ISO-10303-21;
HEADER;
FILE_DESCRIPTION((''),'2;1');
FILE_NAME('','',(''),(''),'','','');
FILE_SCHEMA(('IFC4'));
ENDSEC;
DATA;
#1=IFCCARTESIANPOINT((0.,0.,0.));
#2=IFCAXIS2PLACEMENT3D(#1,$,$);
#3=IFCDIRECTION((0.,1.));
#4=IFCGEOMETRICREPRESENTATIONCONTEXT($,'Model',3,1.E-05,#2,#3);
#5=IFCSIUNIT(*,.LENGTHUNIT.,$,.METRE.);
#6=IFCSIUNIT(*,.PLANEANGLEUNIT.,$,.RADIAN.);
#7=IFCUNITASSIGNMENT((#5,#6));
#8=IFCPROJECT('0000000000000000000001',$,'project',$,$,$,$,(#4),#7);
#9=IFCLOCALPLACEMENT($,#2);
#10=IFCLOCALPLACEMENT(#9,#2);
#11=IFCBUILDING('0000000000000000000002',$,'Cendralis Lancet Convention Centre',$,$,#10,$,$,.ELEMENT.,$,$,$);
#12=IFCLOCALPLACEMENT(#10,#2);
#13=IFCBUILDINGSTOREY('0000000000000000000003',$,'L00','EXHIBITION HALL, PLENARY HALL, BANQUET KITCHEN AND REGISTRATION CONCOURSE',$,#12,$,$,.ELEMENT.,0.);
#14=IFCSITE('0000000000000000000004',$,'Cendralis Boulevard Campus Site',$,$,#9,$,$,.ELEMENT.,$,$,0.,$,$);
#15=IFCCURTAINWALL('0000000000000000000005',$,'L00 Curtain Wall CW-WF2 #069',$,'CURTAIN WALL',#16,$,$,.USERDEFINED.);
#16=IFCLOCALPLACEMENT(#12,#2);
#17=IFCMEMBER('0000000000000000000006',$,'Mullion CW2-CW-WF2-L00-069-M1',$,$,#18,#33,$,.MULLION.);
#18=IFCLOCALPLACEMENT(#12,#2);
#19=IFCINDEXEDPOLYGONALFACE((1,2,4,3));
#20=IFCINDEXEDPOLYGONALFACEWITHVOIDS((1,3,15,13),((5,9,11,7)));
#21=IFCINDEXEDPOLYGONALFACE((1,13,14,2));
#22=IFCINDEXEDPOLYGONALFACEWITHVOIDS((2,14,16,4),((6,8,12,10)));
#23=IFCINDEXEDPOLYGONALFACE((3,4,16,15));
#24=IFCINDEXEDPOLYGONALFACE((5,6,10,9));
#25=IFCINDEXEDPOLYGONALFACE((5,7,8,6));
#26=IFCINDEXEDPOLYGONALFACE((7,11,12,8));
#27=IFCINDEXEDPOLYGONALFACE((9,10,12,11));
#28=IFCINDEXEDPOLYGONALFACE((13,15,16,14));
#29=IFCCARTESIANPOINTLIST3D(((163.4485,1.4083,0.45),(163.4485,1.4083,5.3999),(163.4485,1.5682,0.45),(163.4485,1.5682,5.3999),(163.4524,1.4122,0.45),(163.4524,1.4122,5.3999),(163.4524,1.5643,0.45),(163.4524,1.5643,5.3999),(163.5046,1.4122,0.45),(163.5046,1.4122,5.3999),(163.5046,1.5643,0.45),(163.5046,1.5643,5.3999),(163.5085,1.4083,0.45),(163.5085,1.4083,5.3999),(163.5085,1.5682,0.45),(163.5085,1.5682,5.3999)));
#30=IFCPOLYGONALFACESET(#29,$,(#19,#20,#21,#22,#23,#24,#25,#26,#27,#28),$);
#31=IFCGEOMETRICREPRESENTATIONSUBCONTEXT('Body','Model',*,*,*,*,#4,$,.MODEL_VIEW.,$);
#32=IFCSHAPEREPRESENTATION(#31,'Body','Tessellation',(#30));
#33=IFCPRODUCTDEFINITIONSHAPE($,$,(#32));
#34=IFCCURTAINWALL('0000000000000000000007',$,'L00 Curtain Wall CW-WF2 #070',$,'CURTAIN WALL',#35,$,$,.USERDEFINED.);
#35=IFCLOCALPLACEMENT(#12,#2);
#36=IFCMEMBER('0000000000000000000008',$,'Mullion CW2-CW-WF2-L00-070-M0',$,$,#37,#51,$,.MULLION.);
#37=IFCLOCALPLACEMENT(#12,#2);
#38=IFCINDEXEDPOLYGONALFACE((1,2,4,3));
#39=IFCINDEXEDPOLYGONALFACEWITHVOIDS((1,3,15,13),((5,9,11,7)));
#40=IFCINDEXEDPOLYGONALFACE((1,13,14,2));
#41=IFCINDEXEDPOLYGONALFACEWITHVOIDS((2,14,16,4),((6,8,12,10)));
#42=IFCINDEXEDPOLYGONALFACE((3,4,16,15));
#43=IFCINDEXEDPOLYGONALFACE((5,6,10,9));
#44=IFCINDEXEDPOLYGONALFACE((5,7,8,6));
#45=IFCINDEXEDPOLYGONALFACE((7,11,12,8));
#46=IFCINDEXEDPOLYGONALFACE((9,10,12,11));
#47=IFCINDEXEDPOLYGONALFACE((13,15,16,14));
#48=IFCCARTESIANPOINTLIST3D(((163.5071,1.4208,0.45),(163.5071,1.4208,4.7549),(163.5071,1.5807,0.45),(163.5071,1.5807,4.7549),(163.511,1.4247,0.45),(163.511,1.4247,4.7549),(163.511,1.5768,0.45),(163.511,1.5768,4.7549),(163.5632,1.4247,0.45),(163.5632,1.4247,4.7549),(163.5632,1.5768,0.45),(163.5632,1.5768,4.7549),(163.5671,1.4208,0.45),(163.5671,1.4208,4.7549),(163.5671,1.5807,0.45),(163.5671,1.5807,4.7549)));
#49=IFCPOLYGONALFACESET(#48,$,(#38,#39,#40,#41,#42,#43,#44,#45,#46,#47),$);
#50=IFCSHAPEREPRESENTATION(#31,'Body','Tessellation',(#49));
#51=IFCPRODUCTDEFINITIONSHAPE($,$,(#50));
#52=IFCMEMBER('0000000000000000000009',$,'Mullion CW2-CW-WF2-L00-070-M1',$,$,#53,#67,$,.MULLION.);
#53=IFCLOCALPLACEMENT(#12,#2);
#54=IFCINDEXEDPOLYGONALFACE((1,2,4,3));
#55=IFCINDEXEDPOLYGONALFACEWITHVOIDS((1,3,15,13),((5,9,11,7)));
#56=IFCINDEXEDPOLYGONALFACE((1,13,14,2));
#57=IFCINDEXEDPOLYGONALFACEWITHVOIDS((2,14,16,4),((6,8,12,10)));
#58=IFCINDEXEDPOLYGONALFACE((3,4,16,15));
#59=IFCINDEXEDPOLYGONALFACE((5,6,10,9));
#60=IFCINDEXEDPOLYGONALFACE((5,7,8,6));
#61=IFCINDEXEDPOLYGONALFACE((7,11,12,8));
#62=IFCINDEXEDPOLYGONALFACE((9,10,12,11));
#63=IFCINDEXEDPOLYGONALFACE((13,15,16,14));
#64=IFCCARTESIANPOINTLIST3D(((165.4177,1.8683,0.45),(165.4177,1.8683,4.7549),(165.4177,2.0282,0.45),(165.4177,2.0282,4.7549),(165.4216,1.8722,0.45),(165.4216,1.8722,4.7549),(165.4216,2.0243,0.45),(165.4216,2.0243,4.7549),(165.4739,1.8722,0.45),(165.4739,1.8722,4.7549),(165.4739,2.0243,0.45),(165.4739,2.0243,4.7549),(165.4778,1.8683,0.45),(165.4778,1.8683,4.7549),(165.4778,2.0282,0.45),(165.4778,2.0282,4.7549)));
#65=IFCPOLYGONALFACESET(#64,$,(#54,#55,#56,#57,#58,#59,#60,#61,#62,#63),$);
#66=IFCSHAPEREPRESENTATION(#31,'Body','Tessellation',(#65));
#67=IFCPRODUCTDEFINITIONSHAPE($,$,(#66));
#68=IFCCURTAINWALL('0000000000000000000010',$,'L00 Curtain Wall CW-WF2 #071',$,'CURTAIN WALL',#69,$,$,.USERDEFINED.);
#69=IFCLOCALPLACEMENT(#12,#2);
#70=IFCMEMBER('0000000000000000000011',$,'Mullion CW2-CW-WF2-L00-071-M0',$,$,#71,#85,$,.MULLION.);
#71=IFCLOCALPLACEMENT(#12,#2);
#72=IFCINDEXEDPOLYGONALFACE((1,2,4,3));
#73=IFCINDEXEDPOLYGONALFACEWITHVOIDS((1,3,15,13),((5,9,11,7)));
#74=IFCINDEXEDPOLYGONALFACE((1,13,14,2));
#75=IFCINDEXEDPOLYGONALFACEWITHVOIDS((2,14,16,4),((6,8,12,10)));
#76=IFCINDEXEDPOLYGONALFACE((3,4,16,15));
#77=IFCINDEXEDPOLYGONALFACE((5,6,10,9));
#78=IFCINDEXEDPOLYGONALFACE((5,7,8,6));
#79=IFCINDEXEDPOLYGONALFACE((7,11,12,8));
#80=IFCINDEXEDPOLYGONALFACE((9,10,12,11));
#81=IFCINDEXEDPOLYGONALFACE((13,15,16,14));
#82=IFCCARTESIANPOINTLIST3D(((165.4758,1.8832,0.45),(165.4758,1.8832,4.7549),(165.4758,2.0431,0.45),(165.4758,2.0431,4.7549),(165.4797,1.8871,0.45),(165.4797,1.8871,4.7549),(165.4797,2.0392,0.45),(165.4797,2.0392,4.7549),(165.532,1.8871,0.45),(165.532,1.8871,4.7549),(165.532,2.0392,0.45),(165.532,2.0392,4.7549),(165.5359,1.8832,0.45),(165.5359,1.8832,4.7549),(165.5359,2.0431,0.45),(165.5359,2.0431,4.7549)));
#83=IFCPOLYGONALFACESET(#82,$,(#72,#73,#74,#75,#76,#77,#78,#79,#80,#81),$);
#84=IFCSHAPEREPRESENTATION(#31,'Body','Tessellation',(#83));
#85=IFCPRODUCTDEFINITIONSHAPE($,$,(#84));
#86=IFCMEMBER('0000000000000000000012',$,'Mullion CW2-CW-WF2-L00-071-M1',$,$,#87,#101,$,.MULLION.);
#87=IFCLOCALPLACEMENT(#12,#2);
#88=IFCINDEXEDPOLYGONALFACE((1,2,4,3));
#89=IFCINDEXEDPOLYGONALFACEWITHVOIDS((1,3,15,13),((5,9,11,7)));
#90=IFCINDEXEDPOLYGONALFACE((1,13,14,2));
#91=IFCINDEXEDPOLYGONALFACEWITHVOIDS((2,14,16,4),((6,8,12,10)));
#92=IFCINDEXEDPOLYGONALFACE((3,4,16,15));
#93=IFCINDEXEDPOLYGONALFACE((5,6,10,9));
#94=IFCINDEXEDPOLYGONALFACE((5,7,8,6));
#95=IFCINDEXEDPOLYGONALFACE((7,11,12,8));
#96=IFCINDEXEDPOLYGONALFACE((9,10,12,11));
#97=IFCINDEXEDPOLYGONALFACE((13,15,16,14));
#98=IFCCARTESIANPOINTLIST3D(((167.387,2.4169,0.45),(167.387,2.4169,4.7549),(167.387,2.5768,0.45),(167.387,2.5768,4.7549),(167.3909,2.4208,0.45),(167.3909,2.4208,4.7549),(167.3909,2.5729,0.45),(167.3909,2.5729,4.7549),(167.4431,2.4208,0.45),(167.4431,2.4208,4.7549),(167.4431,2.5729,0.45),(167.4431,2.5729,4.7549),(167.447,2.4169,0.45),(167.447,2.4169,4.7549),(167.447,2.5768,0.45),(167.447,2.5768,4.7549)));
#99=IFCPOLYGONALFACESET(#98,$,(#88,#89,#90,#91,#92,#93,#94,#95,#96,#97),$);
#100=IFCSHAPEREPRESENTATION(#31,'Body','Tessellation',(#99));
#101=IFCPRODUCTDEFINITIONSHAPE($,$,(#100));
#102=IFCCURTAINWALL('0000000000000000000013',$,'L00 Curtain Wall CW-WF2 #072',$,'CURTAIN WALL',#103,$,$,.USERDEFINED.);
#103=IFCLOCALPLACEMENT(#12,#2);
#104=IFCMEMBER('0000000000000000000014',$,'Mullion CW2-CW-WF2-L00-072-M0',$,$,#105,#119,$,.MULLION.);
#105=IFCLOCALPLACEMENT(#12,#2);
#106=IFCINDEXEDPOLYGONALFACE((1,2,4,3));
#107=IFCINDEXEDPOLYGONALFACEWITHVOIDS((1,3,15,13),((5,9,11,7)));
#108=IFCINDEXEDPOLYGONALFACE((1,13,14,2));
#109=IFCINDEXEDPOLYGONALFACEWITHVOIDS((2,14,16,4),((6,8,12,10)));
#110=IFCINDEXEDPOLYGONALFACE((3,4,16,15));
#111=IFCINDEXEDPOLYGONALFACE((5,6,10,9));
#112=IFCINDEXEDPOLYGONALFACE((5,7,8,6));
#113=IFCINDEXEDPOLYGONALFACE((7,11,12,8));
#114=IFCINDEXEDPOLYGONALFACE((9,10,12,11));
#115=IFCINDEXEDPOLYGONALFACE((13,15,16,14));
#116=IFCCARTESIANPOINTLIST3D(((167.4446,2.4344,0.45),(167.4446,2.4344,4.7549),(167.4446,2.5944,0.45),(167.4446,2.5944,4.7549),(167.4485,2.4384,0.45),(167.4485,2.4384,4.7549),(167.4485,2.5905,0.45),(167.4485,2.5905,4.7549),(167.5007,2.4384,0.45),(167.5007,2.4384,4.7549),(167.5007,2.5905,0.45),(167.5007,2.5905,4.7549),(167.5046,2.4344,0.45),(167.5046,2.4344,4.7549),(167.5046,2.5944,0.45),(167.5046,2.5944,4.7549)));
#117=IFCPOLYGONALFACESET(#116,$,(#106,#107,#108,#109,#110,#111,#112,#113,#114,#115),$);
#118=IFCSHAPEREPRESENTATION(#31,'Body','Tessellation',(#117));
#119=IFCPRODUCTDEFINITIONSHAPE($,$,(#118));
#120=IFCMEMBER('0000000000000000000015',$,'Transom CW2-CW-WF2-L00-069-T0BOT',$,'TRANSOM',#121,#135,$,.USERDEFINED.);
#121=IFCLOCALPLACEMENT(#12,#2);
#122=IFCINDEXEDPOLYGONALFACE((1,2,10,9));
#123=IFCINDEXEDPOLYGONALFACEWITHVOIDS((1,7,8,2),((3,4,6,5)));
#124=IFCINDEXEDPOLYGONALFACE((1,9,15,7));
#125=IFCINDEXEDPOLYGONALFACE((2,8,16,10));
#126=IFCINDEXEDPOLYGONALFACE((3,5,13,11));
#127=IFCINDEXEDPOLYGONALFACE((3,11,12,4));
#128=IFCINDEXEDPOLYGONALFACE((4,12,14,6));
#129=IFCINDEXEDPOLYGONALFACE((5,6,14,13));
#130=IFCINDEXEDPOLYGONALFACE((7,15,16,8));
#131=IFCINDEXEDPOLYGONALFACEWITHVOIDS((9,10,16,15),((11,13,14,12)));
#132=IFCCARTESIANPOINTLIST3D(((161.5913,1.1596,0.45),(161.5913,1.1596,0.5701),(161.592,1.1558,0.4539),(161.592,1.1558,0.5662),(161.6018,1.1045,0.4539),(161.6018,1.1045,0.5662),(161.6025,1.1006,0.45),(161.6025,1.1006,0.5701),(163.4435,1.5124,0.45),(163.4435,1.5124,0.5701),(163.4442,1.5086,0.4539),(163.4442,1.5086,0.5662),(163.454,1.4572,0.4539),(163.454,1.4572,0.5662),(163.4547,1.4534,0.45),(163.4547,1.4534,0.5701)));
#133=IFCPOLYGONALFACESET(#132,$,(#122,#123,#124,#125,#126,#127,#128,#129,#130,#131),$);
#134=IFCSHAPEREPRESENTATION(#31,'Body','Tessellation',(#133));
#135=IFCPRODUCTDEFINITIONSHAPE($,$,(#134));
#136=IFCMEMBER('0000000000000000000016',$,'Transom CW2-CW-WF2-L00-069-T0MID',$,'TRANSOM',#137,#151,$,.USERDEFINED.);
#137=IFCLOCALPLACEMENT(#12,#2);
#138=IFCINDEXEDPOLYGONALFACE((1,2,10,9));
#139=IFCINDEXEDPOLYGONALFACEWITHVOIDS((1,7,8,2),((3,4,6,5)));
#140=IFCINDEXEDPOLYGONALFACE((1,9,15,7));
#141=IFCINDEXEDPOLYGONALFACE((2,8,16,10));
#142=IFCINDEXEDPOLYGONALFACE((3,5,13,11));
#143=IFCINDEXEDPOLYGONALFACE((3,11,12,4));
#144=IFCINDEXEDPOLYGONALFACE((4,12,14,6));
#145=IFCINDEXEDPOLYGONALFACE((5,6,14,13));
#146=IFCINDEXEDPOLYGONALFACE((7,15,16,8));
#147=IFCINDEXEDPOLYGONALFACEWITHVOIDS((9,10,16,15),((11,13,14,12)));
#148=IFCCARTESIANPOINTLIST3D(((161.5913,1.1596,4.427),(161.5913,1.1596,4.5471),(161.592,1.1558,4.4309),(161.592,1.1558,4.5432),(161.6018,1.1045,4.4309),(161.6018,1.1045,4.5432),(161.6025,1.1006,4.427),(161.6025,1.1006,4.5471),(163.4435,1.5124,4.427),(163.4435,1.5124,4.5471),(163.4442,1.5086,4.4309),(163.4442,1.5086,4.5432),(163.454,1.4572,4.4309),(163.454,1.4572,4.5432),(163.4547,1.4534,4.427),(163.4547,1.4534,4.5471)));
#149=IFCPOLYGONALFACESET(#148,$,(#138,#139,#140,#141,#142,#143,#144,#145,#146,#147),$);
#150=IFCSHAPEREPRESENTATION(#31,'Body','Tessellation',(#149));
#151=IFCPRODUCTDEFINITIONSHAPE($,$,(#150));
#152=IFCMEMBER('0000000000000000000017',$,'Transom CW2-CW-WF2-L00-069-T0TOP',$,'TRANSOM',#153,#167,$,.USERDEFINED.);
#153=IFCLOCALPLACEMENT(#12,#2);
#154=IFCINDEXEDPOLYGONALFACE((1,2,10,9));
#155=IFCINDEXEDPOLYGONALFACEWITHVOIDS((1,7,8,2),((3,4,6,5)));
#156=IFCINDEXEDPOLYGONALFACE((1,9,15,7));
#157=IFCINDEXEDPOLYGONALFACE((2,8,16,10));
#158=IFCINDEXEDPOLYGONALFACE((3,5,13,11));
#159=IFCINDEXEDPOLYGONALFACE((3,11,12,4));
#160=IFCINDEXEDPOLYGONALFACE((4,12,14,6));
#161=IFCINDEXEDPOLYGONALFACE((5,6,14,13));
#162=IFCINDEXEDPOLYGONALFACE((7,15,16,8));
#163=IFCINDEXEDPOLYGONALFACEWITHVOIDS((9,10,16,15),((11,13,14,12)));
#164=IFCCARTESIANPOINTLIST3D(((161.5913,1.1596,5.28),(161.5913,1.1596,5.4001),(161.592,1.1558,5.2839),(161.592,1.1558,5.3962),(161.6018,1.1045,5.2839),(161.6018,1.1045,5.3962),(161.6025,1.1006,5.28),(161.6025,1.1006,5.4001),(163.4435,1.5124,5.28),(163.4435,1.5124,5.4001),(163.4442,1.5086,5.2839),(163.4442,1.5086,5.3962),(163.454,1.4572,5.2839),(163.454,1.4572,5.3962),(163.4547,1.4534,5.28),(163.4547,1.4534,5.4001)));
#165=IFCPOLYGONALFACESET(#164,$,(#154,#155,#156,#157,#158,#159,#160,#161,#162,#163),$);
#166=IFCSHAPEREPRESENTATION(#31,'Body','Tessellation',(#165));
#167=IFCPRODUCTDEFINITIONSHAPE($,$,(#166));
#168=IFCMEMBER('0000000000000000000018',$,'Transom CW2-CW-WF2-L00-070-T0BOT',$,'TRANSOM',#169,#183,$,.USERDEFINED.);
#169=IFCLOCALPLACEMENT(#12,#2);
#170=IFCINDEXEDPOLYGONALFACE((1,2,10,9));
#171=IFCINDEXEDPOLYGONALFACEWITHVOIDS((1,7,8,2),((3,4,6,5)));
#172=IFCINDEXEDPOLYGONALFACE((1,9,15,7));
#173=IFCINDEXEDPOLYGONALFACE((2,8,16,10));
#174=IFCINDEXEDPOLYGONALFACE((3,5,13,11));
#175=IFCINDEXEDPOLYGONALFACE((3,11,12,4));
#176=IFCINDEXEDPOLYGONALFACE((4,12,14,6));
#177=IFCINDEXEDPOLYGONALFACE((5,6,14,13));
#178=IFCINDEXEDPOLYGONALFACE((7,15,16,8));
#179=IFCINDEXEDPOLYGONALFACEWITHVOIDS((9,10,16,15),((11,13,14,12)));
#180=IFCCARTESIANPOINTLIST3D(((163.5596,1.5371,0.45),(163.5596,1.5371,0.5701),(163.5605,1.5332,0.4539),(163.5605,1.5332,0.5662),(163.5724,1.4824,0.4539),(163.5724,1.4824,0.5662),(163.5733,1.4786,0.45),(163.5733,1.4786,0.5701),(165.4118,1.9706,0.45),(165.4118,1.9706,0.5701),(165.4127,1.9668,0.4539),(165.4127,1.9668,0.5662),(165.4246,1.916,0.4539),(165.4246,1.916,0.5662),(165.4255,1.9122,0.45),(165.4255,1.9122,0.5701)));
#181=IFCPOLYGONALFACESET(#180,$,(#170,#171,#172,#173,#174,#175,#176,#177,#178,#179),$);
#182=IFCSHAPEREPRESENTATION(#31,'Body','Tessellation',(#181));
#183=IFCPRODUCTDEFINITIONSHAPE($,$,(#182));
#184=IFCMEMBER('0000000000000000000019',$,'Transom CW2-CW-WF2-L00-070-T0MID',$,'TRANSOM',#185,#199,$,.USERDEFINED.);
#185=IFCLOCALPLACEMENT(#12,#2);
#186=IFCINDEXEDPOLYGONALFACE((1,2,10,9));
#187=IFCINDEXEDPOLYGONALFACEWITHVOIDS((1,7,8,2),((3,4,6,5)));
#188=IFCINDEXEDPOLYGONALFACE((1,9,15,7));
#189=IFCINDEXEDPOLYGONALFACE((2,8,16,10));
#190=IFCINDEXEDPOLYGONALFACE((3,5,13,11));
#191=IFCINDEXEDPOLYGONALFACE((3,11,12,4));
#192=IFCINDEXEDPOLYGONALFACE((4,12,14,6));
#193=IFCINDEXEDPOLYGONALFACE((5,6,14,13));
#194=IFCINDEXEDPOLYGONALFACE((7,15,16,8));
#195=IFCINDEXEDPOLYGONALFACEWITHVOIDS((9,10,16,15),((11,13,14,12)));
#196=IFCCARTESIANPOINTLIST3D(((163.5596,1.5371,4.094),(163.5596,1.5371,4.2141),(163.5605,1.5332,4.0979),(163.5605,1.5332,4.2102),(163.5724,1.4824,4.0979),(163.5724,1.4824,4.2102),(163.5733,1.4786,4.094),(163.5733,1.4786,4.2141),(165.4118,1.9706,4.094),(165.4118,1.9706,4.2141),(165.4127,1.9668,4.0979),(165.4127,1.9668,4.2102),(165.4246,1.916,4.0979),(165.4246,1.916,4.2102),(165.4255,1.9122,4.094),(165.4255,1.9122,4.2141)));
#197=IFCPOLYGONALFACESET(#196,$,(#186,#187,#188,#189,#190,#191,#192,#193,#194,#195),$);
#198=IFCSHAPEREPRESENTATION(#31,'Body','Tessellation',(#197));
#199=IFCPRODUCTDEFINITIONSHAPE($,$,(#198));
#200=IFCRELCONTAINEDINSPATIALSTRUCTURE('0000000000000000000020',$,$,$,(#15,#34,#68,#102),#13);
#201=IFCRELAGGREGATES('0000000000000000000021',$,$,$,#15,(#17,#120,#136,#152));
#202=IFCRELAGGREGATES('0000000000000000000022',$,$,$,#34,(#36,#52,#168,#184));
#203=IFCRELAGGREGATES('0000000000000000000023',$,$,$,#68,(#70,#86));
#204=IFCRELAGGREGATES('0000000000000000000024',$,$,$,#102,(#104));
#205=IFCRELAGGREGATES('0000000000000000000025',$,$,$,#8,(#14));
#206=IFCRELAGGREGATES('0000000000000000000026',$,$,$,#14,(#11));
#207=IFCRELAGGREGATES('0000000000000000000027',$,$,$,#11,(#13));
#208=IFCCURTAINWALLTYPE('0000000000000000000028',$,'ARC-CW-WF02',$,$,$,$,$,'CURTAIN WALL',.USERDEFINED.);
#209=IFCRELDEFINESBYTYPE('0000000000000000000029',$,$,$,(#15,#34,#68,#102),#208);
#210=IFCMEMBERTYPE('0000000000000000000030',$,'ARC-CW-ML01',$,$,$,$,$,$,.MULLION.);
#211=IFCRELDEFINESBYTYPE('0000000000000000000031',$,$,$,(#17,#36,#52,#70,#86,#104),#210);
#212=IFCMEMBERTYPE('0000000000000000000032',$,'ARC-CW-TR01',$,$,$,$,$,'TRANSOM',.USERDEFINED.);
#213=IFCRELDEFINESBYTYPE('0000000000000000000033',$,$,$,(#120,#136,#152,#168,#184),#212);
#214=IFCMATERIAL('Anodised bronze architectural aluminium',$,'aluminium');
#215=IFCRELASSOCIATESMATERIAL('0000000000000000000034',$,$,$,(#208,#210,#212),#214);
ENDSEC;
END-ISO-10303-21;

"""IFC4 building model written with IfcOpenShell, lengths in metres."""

from ifc_helpers import new_model, si_unit, direction, frame, origin, origin_2d, place, context, subcontext, project, spatial, hollow_rectangle, extrude, material, material_profile, profile_set, type_object, element, aggregate, save


model = new_model("IFC4")

# Units and contexts
model_context = context("Model", 3, precision=1e-05, world=origin(), true_north=direction((0.0, 1.0)))
body_context = subcontext(model_context, "Body", "Model", "MODEL_VIEW")
ifc_project = project(units=[si_unit("LENGTHUNIT", "METRE"), si_unit("PLANEANGLEUNIT", "RADIAN")], contexts=[model_context])

# Site, building, storey
site_placement = place(None, origin())
site = spatial("IfcSite", under=ifc_project, at=site_placement, Name="Cendralis Boulevard Campus Site", CompositionType="ELEMENT", RefElevation=0.0)
building_placement = place(site_placement, origin())
building = spatial("IfcBuilding", under=site, at=building_placement, Name="Cendralis Lancet Convention Centre", CompositionType="ELEMENT")
storey_placement = place(building_placement, origin())
storey = spatial("IfcBuildingStorey", under=building, at=storey_placement, Name="L00", Description="EXHIBITION HALL, PLENARY HALL, BANQUET KITCHEN AND REGISTRATION CONCOURSE", CompositionType="ELEMENT", Elevation=0.0)

# Curtain wall, member
ifc_material_1 = material(Name="Anodised bronze architectural aluminium", Category="aluminium")
curtain_wall_type = type_object("IfcCurtainWallType", Name="ARC-CW-WF02", ElementType="CURTAIN WALL", PredefinedType="USERDEFINED", material=ifc_material_1)
curtain_wall_1_placement = place(storey_placement, origin())
curtain_wall_1 = element("IfcCurtainWall", 1, at=curtain_wall_1_placement, inside=storey, type_object=curtain_wall_type, Name="L00 Curtain Wall CW-WF2 #069", ObjectType="CURTAIN WALL", PredefinedType="USERDEFINED")
ifc_material_profile_1 = material_profile(ifc_material_1, hollow_rectangle(XDim=0.0601, YDim=0.1599, WallThickness=0.0039, at=origin_2d()), Name="AL-MULL 60x160x4.0")
ifc_profile_set_1 = profile_set([ifc_material_profile_1], Name="Anodised bronze architectural aluminium")
member_type_1 = type_object("IfcMemberType", Name="ARC-CW-ML01", PredefinedType="MULLION", material=ifc_profile_set_1)
member_1_placement = place(storey_placement, frame((163.4785, 1.4883, 0.45), z_axis=(0.0, 0.0, 1.0), x_axis=(1.0, 0.0, 0.0)))
member_1 = element("IfcMember", 2, at=member_1_placement, type_object=member_type_1, Name="Mullion CW2-CW-WF2-L00-069-M1", PredefinedType="MULLION", context=body_context, shape_type="SweptSolid", body=[
    extrude(hollow_rectangle(XDim=0.0601, YDim=0.1599, WallThickness=0.0039, at=origin_2d()), origin(), (0.0, 0.0, 1.0), 4.95),
])

# Curtain walls, members
curtain_wall_2_placement = place(storey_placement, origin())
curtain_wall_2 = element("IfcCurtainWall", 3, at=curtain_wall_2_placement, inside=storey, type_object=curtain_wall_type, Name="L00 Curtain Wall CW-WF2 #070", ObjectType="CURTAIN WALL", PredefinedType="USERDEFINED")
member_2_placement = place(storey_placement, frame((163.5371, 1.5007, 0.45), z_axis=(0.0, 0.0, 1.0), x_axis=(1.0, 0.0, 0.0)))
member_2 = element("IfcMember", 4, at=member_2_placement, type_object=member_type_1, Name="Mullion CW2-CW-WF2-L00-070-M0", PredefinedType="MULLION", context=body_context, shape_type="SweptSolid", body=[
    extrude(hollow_rectangle(XDim=0.0601, YDim=0.1599, WallThickness=0.0039, at=origin_2d()), origin(), (0.0, 0.0, 1.0), 4.3049),
])
member_3_placement = place(storey_placement, frame((165.4478, 1.9482, 0.45), z_axis=(0.0, 0.0, 1.0), x_axis=(1.0, 0.0, 0.0)))
member_3 = element("IfcMember", 5, at=member_3_placement, type_object=member_type_1, Name="Mullion CW2-CW-WF2-L00-070-M1", PredefinedType="MULLION", context=body_context, shape_type="SweptSolid", body=[
    extrude(hollow_rectangle(XDim=0.0601, YDim=0.1599, WallThickness=0.0039, at=origin_2d()), origin(), (0.0, 0.0, 1.0), 4.3049),
])
curtain_wall_3_placement = place(storey_placement, origin())
curtain_wall_3 = element("IfcCurtainWall", 6, at=curtain_wall_3_placement, inside=storey, type_object=curtain_wall_type, Name="L00 Curtain Wall CW-WF2 #071", ObjectType="CURTAIN WALL", PredefinedType="USERDEFINED")
member_4_placement = place(storey_placement, frame((165.5059, 1.9631, 0.45), z_axis=(0.0, 0.0, 1.0), x_axis=(1.0, 0.0, 0.0)))
member_4 = element("IfcMember", 7, at=member_4_placement, type_object=member_type_1, Name="Mullion CW2-CW-WF2-L00-071-M0", PredefinedType="MULLION", context=body_context, shape_type="SweptSolid", body=[
    extrude(hollow_rectangle(XDim=0.0601, YDim=0.1599, WallThickness=0.0039, at=origin_2d()), origin(), (0.0, 0.0, 1.0), 4.3049),
])
member_5_placement = place(storey_placement, frame((167.417, 2.4968, 0.45), z_axis=(0.0, 0.0, 1.0), x_axis=(1.0, 0.0, 0.0)))
member_5 = element("IfcMember", 8, at=member_5_placement, type_object=member_type_1, Name="Mullion CW2-CW-WF2-L00-071-M1", PredefinedType="MULLION", context=body_context, shape_type="SweptSolid", body=[
    extrude(hollow_rectangle(XDim=0.0601, YDim=0.1599, WallThickness=0.0039, at=origin_2d()), origin(), (0.0, 0.0, 1.0), 4.3049),
])

# Curtain wall, member
curtain_wall_4_placement = place(storey_placement, origin())
curtain_wall_4 = element("IfcCurtainWall", 9, at=curtain_wall_4_placement, inside=storey, type_object=curtain_wall_type, Name="L00 Curtain Wall CW-WF2 #072", ObjectType="CURTAIN WALL", PredefinedType="USERDEFINED")
member_6_placement = place(storey_placement, frame((167.4746, 2.5144, 0.45), z_axis=(0.0, 0.0, 1.0), x_axis=(1.0, 0.0, 0.0)))
member_6 = element("IfcMember", 10, at=member_6_placement, type_object=member_type_1, Name="Mullion CW2-CW-WF2-L00-072-M0", PredefinedType="MULLION", context=body_context, shape_type="SweptSolid", body=[
    extrude(hollow_rectangle(XDim=0.0601, YDim=0.1599, WallThickness=0.0039, at=origin_2d()), origin(), (0.0, 0.0, 1.0), 4.3049),
])

# Members
ifc_material_profile_2 = material_profile(ifc_material_1, hollow_rectangle(XDim=0.0601, YDim=0.1201, WallThickness=0.0039, at=origin_2d()), Name="AL-TRAN 60x120x4.0")
ifc_profile_set_2 = profile_set([ifc_material_profile_2], Name="Anodised bronze architectural aluminium")
member_type_2 = type_object("IfcMemberType", Name="ARC-CW-TR01", ElementType="TRANSOM", PredefinedType="USERDEFINED", material=ifc_profile_set_2)
member_7_placement = place(storey_placement, frame((161.5969, 1.1301, 0.51), z_axis=(0.982342, 0.187094, 0.0), x_axis=(-0.187094, 0.982342, 0.0)))
member_7 = element("IfcMember", 11, at=member_7_placement, type_object=member_type_2, Name="Transom CW2-CW-WF2-L00-069-T0BOT", ObjectType="TRANSOM", PredefinedType="USERDEFINED", context=body_context, shape_type="SweptSolid", body=[
    extrude(hollow_rectangle(XDim=0.0601, YDim=0.1201, WallThickness=0.0039, at=origin_2d()), origin(), (0.0, 0.0, 1.0), 1.8855),
])
member_8_placement = place(storey_placement, frame((161.5969, 1.1301, 4.4871), z_axis=(0.982342, 0.187094, 0.0), x_axis=(-0.187094, 0.982342, 0.0)))
member_8 = element("IfcMember", 12, at=member_8_placement, type_object=member_type_2, Name="Transom CW2-CW-WF2-L00-069-T0MID", ObjectType="TRANSOM", PredefinedType="USERDEFINED", context=body_context, shape_type="SweptSolid", body=[
    extrude(hollow_rectangle(XDim=0.0601, YDim=0.1201, WallThickness=0.0039, at=origin_2d()), origin(), (0.0, 0.0, 1.0), 1.8855),
])
member_9_placement = place(storey_placement, frame((161.5969, 1.1301, 5.3401), z_axis=(0.982342, 0.187094, 0.0), x_axis=(-0.187094, 0.982342, 0.0)))
member_9 = element("IfcMember", 13, at=member_9_placement, type_object=member_type_2, Name="Transom CW2-CW-WF2-L00-069-T0TOP", ObjectType="TRANSOM", PredefinedType="USERDEFINED", context=body_context, shape_type="SweptSolid", body=[
    extrude(hollow_rectangle(XDim=0.0601, YDim=0.1201, WallThickness=0.0039, at=origin_2d()), origin(), (0.0, 0.0, 1.0), 1.8855),
])
member_10_placement = place(storey_placement, frame((163.5664, 1.5078, 0.51), z_axis=(0.973679, 0.227923, 0.0), x_axis=(-0.227923, 0.973679, 0.0)))
member_10 = element("IfcMember", 14, at=member_10_placement, type_object=member_type_2, Name="Transom CW2-CW-WF2-L00-070-T0BOT", ObjectType="TRANSOM", PredefinedType="USERDEFINED", context=body_context, shape_type="SweptSolid", body=[
    extrude(hollow_rectangle(XDim=0.0601, YDim=0.1201, WallThickness=0.0039, at=origin_2d()), origin(), (0.0, 0.0, 1.0), 1.9023),
])
member_11_placement = place(storey_placement, frame((163.5664, 1.5078, 4.1541), z_axis=(0.973679, 0.227923, 0.0), x_axis=(-0.227923, 0.973679, 0.0)))
member_11 = element("IfcMember", 15, at=member_11_placement, type_object=member_type_2, Name="Transom CW2-CW-WF2-L00-070-T0MID", ObjectType="TRANSOM", PredefinedType="USERDEFINED", context=body_context, shape_type="SweptSolid", body=[
    extrude(hollow_rectangle(XDim=0.0601, YDim=0.1201, WallThickness=0.0039, at=origin_2d()), origin(), (0.0, 0.0, 1.0), 1.9023),
])

aggregate(curtain_wall_1, [member_1, member_7, member_8, member_9])
aggregate(curtain_wall_2, [member_2, member_3, member_10, member_11])
aggregate(curtain_wall_3, [member_4, member_5])
aggregate(curtain_wall_4, [member_6])

save(model, "model.ifc")
